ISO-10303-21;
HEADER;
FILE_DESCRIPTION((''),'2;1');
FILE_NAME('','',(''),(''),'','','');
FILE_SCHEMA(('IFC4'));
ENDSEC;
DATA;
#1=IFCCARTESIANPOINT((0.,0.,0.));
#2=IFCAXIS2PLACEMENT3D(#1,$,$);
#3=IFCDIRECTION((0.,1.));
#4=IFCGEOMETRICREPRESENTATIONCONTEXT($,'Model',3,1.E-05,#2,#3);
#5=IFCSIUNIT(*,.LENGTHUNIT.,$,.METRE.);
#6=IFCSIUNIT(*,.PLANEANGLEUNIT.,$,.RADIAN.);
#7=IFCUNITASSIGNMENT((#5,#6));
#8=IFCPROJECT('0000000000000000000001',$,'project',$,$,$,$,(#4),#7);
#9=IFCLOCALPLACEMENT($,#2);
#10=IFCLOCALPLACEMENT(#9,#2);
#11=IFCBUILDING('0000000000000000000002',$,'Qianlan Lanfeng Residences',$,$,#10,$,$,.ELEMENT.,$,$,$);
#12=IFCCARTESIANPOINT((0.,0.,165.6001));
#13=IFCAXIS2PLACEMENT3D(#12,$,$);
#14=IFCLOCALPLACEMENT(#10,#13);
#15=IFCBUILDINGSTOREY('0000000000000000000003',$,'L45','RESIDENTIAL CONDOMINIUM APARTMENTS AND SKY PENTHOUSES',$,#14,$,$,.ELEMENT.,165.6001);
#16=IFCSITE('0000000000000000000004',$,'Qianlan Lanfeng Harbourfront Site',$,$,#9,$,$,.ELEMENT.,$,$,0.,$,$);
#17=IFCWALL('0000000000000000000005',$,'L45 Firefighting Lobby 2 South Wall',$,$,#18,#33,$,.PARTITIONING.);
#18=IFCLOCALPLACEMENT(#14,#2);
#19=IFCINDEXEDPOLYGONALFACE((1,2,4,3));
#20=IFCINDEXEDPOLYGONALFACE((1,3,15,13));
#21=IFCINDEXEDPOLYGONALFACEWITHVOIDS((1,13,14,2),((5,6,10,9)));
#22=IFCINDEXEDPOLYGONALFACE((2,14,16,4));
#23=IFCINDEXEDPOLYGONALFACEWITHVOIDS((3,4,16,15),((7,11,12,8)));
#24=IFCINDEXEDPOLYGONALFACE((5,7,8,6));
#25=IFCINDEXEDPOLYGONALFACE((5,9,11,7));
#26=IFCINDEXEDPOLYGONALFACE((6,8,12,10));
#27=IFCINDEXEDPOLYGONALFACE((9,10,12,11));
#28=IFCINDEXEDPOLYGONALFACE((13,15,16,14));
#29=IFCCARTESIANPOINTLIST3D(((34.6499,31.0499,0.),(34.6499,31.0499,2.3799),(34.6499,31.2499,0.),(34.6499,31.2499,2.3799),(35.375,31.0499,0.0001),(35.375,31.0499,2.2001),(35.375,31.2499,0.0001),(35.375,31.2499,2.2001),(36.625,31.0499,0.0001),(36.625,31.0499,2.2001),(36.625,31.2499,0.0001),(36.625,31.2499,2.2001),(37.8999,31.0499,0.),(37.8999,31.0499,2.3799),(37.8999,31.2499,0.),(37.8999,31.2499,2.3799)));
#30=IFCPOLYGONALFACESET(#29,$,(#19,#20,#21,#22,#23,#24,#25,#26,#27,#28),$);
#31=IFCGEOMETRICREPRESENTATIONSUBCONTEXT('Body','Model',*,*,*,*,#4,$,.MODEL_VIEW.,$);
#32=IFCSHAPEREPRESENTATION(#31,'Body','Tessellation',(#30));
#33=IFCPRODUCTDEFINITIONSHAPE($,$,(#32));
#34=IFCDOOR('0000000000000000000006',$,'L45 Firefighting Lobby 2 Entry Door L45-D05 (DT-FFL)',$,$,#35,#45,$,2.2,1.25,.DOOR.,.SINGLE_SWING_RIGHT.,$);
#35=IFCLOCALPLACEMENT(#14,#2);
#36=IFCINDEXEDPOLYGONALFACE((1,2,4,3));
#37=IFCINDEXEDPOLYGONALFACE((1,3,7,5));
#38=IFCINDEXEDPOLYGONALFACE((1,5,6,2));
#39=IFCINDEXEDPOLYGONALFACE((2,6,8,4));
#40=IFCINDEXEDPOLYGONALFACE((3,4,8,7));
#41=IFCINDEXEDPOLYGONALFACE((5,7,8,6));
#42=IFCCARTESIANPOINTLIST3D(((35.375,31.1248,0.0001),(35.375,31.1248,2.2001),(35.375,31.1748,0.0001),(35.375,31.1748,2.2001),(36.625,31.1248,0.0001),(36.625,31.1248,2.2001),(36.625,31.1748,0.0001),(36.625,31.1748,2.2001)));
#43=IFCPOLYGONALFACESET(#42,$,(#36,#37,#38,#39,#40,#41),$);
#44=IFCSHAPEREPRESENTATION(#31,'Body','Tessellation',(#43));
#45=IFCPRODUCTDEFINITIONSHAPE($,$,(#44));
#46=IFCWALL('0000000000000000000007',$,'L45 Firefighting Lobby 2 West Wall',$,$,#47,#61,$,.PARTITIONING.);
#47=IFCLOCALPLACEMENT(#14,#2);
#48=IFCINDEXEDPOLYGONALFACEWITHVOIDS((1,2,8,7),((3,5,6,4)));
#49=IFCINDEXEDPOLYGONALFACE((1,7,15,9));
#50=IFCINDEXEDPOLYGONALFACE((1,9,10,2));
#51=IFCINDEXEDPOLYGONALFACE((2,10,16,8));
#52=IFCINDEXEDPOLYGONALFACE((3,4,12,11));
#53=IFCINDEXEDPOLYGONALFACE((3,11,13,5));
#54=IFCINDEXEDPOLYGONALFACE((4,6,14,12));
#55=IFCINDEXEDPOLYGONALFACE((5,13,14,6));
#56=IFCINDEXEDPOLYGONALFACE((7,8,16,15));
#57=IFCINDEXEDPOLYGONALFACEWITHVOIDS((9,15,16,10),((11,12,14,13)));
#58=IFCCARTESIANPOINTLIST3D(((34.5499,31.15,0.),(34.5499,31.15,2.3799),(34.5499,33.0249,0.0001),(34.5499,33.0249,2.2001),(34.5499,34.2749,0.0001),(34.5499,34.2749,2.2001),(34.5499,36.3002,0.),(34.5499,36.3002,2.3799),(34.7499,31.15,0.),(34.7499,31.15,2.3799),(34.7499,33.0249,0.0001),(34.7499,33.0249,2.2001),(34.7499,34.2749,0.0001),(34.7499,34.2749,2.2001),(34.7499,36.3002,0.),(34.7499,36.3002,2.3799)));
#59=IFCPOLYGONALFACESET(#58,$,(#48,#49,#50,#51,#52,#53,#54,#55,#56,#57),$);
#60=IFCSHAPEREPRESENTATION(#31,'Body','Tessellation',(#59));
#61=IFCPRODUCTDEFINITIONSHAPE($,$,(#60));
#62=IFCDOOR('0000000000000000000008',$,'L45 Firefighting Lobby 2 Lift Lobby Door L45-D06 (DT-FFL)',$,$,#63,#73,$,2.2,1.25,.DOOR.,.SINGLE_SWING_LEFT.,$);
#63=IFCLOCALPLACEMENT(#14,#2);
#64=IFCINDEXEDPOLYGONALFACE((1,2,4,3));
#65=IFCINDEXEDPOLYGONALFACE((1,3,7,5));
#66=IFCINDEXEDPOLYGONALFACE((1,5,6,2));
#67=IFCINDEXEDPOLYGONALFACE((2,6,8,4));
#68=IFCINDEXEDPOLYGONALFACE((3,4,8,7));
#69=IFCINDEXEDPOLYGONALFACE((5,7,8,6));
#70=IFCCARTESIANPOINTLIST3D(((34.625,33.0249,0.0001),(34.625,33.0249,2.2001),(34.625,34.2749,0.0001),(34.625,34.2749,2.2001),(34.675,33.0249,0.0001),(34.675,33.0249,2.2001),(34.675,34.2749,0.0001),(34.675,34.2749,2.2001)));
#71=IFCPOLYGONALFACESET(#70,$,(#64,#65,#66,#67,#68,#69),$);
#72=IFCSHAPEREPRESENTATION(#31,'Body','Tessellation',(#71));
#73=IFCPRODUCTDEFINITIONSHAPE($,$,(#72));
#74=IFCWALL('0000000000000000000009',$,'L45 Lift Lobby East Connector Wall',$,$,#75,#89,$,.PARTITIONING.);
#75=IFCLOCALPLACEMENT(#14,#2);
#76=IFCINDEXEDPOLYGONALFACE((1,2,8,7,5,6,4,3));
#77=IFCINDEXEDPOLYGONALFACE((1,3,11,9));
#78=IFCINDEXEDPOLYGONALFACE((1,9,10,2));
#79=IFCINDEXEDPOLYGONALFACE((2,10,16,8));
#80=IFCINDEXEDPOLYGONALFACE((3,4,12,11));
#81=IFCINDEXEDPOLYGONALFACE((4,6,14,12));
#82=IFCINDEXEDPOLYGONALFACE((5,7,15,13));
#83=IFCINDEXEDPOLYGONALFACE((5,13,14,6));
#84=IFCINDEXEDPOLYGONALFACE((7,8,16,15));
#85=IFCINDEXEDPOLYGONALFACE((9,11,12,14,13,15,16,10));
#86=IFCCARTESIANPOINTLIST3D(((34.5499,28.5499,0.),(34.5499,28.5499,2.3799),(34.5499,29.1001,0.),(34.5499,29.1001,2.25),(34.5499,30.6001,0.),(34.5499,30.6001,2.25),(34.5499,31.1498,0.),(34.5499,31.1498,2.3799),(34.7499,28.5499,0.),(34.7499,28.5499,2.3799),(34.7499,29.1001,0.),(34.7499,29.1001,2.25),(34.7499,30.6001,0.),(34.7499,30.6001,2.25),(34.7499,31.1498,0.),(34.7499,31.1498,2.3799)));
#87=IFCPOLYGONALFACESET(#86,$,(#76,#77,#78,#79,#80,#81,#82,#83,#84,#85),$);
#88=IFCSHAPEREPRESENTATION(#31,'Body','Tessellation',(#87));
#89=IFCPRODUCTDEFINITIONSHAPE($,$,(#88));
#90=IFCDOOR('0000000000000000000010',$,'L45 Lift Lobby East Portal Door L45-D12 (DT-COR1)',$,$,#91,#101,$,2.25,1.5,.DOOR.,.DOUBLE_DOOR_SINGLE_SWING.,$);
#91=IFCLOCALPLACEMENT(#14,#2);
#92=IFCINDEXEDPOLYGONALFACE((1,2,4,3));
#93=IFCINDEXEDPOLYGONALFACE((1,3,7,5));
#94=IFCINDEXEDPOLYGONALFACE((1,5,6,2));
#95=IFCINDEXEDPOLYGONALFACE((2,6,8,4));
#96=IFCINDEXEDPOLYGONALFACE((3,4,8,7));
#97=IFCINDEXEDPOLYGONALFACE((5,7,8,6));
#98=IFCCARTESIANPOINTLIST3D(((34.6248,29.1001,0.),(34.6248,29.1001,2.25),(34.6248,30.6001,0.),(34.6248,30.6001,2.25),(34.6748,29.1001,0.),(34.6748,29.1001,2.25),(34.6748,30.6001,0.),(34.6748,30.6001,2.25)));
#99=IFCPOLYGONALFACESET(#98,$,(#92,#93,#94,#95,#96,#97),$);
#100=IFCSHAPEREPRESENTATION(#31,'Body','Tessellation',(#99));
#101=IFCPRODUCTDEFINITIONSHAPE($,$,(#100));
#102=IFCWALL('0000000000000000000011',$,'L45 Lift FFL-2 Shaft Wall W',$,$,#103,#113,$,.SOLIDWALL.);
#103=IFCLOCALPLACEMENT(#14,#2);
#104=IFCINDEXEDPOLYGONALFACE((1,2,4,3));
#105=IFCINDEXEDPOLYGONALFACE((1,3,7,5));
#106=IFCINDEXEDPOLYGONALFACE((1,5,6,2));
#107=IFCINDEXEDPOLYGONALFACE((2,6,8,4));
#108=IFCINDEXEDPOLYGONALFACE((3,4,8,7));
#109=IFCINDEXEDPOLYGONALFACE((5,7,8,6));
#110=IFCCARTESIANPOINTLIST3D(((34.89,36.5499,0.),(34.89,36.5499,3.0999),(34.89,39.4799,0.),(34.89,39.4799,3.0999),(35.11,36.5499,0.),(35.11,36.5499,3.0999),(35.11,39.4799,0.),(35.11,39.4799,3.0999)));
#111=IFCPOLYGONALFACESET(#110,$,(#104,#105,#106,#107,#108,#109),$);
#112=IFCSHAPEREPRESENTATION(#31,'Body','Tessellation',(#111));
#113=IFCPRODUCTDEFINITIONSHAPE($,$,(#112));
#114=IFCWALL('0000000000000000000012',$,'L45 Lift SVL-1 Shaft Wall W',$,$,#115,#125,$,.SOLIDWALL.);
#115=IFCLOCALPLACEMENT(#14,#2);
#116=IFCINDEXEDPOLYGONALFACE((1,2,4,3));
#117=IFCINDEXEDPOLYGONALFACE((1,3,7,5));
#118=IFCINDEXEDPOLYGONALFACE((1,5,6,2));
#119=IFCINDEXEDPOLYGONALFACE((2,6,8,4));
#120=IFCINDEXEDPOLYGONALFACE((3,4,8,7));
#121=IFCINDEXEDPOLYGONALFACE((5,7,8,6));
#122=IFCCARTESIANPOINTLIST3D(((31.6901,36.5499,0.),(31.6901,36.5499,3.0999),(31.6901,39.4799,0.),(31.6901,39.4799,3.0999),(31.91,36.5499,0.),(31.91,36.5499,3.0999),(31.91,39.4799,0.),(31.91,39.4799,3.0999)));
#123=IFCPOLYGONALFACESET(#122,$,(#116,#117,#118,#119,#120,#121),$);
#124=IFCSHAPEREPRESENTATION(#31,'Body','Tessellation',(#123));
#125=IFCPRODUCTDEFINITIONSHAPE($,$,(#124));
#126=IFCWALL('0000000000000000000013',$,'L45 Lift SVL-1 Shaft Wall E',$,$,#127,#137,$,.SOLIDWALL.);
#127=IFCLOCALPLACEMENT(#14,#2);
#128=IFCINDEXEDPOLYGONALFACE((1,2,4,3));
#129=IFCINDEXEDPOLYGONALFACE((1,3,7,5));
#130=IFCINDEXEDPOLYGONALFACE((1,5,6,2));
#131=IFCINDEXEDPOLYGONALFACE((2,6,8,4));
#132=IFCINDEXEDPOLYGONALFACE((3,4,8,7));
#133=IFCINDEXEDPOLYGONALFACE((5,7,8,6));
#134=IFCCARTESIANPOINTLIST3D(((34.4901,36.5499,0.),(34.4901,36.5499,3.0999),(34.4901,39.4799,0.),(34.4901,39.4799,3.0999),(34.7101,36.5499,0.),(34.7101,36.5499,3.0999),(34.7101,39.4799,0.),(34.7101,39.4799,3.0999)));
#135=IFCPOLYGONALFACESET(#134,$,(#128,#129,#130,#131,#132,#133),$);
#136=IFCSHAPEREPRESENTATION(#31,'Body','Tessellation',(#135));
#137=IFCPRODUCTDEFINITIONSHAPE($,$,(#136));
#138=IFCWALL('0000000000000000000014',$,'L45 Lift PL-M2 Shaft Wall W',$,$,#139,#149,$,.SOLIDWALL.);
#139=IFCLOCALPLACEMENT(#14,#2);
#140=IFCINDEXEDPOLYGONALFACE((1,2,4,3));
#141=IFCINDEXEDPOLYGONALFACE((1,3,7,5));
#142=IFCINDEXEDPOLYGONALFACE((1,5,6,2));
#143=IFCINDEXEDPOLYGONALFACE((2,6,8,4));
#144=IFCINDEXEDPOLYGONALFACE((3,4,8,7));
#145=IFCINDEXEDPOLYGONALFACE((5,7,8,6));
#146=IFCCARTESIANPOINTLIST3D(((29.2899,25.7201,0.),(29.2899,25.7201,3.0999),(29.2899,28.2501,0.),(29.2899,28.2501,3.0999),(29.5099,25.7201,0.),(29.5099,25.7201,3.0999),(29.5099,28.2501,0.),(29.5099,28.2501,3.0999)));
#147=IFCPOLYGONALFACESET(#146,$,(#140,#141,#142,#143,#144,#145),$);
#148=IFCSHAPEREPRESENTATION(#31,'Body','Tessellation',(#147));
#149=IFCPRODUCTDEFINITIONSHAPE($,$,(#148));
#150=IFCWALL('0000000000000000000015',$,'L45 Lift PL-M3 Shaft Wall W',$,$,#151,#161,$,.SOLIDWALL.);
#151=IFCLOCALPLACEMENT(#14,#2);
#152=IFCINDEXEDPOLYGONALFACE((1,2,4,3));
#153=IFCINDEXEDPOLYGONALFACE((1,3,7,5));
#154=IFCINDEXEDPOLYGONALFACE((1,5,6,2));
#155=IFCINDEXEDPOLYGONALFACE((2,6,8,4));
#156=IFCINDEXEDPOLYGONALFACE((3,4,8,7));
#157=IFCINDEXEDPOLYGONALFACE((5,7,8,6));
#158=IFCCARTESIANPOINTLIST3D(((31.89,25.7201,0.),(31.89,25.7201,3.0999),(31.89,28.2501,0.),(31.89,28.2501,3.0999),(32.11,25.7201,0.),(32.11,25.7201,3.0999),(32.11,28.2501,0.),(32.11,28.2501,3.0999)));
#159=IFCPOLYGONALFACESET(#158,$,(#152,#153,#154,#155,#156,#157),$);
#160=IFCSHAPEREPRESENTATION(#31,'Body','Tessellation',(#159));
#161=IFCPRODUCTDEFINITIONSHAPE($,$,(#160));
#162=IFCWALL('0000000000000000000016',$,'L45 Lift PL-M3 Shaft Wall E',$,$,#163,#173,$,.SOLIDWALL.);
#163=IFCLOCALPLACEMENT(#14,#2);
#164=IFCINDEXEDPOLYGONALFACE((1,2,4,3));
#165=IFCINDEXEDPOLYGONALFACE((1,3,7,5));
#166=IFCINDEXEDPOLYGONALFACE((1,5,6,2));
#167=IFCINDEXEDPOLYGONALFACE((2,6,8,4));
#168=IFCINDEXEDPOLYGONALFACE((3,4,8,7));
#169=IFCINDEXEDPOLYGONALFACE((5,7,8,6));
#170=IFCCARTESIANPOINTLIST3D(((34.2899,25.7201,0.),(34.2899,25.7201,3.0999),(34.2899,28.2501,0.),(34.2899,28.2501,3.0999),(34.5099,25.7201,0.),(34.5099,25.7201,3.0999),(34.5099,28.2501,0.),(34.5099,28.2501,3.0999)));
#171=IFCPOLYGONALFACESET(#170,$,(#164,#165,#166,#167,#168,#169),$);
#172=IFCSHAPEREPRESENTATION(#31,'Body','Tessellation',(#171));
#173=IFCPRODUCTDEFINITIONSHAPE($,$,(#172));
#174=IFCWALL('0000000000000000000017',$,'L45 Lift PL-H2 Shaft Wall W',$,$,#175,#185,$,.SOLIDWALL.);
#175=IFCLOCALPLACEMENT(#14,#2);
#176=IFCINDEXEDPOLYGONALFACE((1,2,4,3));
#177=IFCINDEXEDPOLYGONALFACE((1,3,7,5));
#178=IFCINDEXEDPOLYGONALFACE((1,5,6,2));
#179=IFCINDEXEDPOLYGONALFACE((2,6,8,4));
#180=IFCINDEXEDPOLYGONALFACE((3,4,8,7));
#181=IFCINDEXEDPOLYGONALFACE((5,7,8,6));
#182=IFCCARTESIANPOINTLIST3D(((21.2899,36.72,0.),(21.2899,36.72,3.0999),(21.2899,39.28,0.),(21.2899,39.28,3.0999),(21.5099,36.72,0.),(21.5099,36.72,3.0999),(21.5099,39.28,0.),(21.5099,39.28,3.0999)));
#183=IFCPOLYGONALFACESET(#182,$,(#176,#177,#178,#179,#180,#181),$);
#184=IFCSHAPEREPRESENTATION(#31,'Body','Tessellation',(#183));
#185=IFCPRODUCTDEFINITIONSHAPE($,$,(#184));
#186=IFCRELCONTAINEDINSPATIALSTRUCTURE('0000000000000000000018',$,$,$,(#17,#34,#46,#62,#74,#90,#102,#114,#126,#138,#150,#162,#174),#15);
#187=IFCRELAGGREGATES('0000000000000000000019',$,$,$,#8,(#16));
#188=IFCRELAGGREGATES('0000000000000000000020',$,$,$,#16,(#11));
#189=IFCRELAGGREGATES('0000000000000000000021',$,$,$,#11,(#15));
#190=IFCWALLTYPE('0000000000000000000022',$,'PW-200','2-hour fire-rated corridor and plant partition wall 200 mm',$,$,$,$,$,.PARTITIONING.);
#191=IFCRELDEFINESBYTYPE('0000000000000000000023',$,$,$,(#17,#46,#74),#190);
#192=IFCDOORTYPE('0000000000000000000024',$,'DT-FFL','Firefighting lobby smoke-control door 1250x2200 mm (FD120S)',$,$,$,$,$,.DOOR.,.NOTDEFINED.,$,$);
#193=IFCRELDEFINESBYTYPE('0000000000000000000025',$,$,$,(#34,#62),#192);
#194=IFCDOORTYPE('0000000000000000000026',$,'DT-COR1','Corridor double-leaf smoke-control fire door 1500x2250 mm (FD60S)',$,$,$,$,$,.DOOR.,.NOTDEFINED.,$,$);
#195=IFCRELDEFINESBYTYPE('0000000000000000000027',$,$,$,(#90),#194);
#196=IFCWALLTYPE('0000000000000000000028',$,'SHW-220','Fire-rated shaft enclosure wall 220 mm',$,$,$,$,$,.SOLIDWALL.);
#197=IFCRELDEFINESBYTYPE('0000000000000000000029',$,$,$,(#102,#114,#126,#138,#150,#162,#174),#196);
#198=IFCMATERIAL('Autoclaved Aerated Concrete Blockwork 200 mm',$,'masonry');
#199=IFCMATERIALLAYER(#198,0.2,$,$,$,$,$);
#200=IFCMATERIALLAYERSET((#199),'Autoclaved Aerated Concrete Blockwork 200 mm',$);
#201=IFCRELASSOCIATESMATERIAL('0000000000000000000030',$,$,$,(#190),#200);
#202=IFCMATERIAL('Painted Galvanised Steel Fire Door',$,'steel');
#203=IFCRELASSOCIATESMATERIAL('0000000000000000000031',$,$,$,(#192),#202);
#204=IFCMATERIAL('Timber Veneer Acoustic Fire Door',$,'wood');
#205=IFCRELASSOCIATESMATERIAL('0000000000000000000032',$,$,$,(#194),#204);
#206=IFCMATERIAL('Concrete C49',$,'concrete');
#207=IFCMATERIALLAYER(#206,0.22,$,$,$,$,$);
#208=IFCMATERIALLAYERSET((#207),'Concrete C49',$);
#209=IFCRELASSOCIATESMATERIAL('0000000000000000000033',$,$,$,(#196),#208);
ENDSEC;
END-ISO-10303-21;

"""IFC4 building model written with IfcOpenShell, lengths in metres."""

from ifc_helpers import new_model, si_unit, direction, frame, frame_2d, origin, place, context, subcontext, project, spatial, rectangle, extrude, material, layer, layer_set, type_object, element, fill, save


model = new_model("IFC4")

# Units and contexts
model_context = context("Model", 3, precision=1e-05, world=origin(), true_north=direction((0.0, 1.0)))
body_context = subcontext(model_context, "Body", "Model", "MODEL_VIEW")
ifc_project = project(units=[si_unit("LENGTHUNIT", "METRE"), si_unit("PLANEANGLEUNIT", "RADIAN")], contexts=[model_context])

# Site, building, storey
site_placement = place(None, origin())
site = spatial("IfcSite", under=ifc_project, at=site_placement, Name="Qianlan Lanfeng Harbourfront Site", CompositionType="ELEMENT", RefElevation=0.0)
building_placement = place(site_placement, origin())
building = spatial("IfcBuilding", under=site, at=building_placement, Name="Qianlan Lanfeng Residences", CompositionType="ELEMENT")
storey_placement = place(building_placement, frame((0.0, 0.0, 165.6001)))
storey = spatial("IfcBuildingStorey", under=building, at=storey_placement, Name="L45", Description="RESIDENTIAL CONDOMINIUM APARTMENTS AND SKY PENTHOUSES", CompositionType="ELEMENT", Elevation=165.6001)

# Walls, openings, doors
ifc_material_1 = material(Name="Autoclaved Aerated Concrete Blockwork 200 mm", Category="masonry")
ifc_layer_1 = layer(ifc_material_1, 0.2)
ifc_layer_set_1 = layer_set([ifc_layer_1], Name="Autoclaved Aerated Concrete Blockwork 200 mm")
wall_type_1 = type_object("IfcWallType", Name="PW-200", Description="2-hour fire-rated corridor and plant partition wall 200 mm", PredefinedType="PARTITIONING", material=ifc_layer_set_1)
wall_1_placement = place(storey_placement, frame((34.6499, 31.1499, 0.0), z_axis=(0.0, 0.0, 1.0), x_axis=(1.0, 0.0, 0.0)))
wall_1 = element("IfcWall", 1, at=wall_1_placement, inside=storey, type_object=wall_type_1, Name="L45 Firefighting Lobby 2 South Wall", PredefinedType="PARTITIONING", context=body_context, shape_type="SweptSolid", body=[
    extrude(rectangle(XDim=3.25, YDim=0.2, at=frame_2d((1.625, 0.0))), origin(), (0.0, 0.0, 1.0), 2.3799),
])
opening_1_placement = place(wall_1_placement, frame((0.7251, 0.0, 0.0)))
opening_1 = element("IfcOpeningElement", 2, at=opening_1_placement, cuts=wall_1, PredefinedType="OPENING", context=body_context, shape_type="SweptSolid", body=[
    extrude(rectangle(XDim=1.25, YDim=2.2, at=frame_2d((0.625, 1.1001))), frame((0.0, 0.1099, 0.0), z_axis=(0.0, -1.0, 0.0), x_axis=(1.0, 0.0, 0.0)), (0.0, 0.0, 1.0), 0.22),
])
ifc_material_2 = material(Name="Painted Galvanised Steel Fire Door", Category="steel")
door_type_1 = type_object("IfcDoorType", Name="DT-FFL", Description="Firefighting lobby smoke-control door 1250x2200 mm (FD120S)", OperationType="NOTDEFINED", PredefinedType="DOOR", material=ifc_material_2)
door_1_placement = place(opening_1_placement, origin())
door_1 = element("IfcDoor", 3, at=door_1_placement, inside=storey, type_object=door_type_1, Name="L45 Firefighting Lobby 2 Entry Door L45-D05 (DT-FFL)", OperationType="SINGLE_SWING_RIGHT", OverallHeight=2.2, OverallWidth=1.25, PredefinedType="DOOR", context=body_context, shape_type="SweptSolid", body=[
    extrude(rectangle(XDim=1.25, YDim=2.2, at=frame_2d((0.625, 1.1001))), frame((0.0, 0.0249, 0.0), z_axis=(0.0, -1.0, 0.0), x_axis=(1.0, 0.0, 0.0)), (0.0, 0.0, 1.0), 0.05),
])
fill(opening_1, door_1)
wall_2_placement = place(storey_placement, frame((34.6499, 31.1499, 0.0), z_axis=(0.0, 0.0, 1.0), x_axis=(0.0, 1.0, 0.0)))
wall_2 = element("IfcWall", 4, at=wall_2_placement, inside=storey, type_object=wall_type_1, Name="L45 Firefighting Lobby 2 West Wall", PredefinedType="PARTITIONING", context=body_context, shape_type="SweptSolid", body=[
    extrude(rectangle(XDim=5.1501, YDim=0.2, at=frame_2d((2.5752, 0.0))), origin(), (0.0, 0.0, 1.0), 2.3799),
])
opening_2_placement = place(wall_2_placement, frame((1.875, 0.0, 0.0)))
opening_2 = element("IfcOpeningElement", 5, at=opening_2_placement, cuts=wall_2, PredefinedType="OPENING", context=body_context, shape_type="SweptSolid", body=[
    extrude(rectangle(XDim=1.25, YDim=2.2, at=frame_2d((0.625, 1.1001))), frame((0.0, 0.1099, 0.0), z_axis=(0.0, -1.0, 0.0), x_axis=(1.0, 0.0, 0.0)), (0.0, 0.0, 1.0), 0.22),
])
door_2_placement = place(opening_2_placement, origin())
door_2 = element("IfcDoor", 6, at=door_2_placement, inside=storey, type_object=door_type_1, Name="L45 Firefighting Lobby 2 Lift Lobby Door L45-D06 (DT-FFL)", OperationType="SINGLE_SWING_LEFT", OverallHeight=2.2, OverallWidth=1.25, PredefinedType="DOOR", context=body_context, shape_type="SweptSolid", body=[
    extrude(rectangle(XDim=1.25, YDim=2.2, at=frame_2d((0.625, 1.1001))), frame((0.0, 0.0249, 0.0), z_axis=(0.0, -1.0, 0.0), x_axis=(1.0, 0.0, 0.0)), (0.0, 0.0, 1.0), 0.05),
])
fill(opening_2, door_2)
wall_3_placement = place(storey_placement, frame((34.6499, 28.55, 0.0), z_axis=(0.0, 0.0, 1.0), x_axis=(0.0, 1.0, 0.0)))
wall_3 = element("IfcWall", 7, at=wall_3_placement, inside=storey, type_object=wall_type_1, Name="L45 Lift Lobby East Connector Wall", PredefinedType="PARTITIONING", context=body_context, shape_type="SweptSolid", body=[
    extrude(rectangle(XDim=2.5999, YDim=0.2, at=frame_2d((1.2998, 0.0))), origin(), (0.0, 0.0, 1.0), 2.3799),
])
opening_3_placement = place(wall_3_placement, frame((0.55, 0.0, 0.0)))
opening_3 = element("IfcOpeningElement", 8, at=opening_3_placement, cuts=wall_3, PredefinedType="OPENING", context=body_context, shape_type="SweptSolid", body=[
    extrude(rectangle(XDim=1.5, YDim=2.25, at=frame_2d((0.75, 1.125))), frame((0.0, 0.1099, 0.0), z_axis=(0.0, -1.0, 0.0), x_axis=(1.0, 0.0, 0.0)), (0.0, 0.0, 1.0), 0.22),
])
ifc_material_3 = material(Name="Timber Veneer Acoustic Fire Door", Category="wood")
door_type_2 = type_object("IfcDoorType", Name="DT-COR1", Description="Corridor double-leaf smoke-control fire door 1500x2250 mm (FD60S)", OperationType="NOTDEFINED", PredefinedType="DOOR", material=ifc_material_3)
door_3_placement = place(opening_3_placement, frame((1.5, 0.0, 0.0), z_axis=(0.0, 0.0, 1.0), x_axis=(-1.0, 0.0, 0.0)))
door_3 = element("IfcDoor", 9, at=door_3_placement, inside=storey, type_object=door_type_2, Name="L45 Lift Lobby East Portal Door L45-D12 (DT-COR1)", OperationType="DOUBLE_DOOR_SINGLE_SWING", OverallHeight=2.25, OverallWidth=1.5, PredefinedType="DOOR", context=body_context, shape_type="SweptSolid", body=[
    extrude(rectangle(XDim=1.5, YDim=2.25, at=frame_2d((0.75, 1.125))), frame((0.0, 0.0249, 0.0), z_axis=(0.0, -1.0, 0.0), x_axis=(1.0, 0.0, 0.0)), (0.0, 0.0, 1.0), 0.05),
])
fill(opening_3, door_3)

# Walls
ifc_material_4 = material(Name="Concrete C49", Category="concrete")
ifc_layer_2 = layer(ifc_material_4, 0.22)
ifc_layer_set_2 = layer_set([ifc_layer_2], Name="Concrete C49")
wall_type_2 = type_object("IfcWallType", Name="SHW-220", Description="Fire-rated shaft enclosure wall 220 mm", PredefinedType="SOLIDWALL", material=ifc_layer_set_2)
for number, where, z_axis, x_axis, name in (
    (10, (35.0, 36.55, 0.0), (0.0, 0.0, 1.0), (0.0, 1.0, 0.0), "L45 Lift FFL-2 Shaft Wall W"),
    (11, (31.8, 36.55, 0.0), (0.0, 0.0, 1.0), (0.0, 1.0, 0.0), "L45 Lift SVL-1 Shaft Wall W"),
    (12, (34.6001, 36.55, 0.0), (0.0, 0.0, 1.0), (0.0, 1.0, 0.0), "L45 Lift SVL-1 Shaft Wall E"),
):
    element("IfcWall", number, at=place(storey_placement, frame(where, z_axis=z_axis, x_axis=x_axis)), inside=storey, type_object=wall_type_2, Name=name, PredefinedType="SOLIDWALL", context=body_context, shape_type="SweptSolid", body=[
        extrude(rectangle(XDim=2.9299, YDim=0.22, at=frame_2d((1.4648, 0.0))), origin(), (0.0, 0.0, 1.0), 3.0999),
    ])
for number, where, z_axis, x_axis, name in (
    (13, (29.3999, 25.72, 0.0), (0.0, 0.0, 1.0), (0.0, 1.0, 0.0), "L45 Lift PL-M2 Shaft Wall W"),
    (14, (32.0, 25.72, 0.0), (0.0, 0.0, 1.0), (0.0, 1.0, 0.0), "L45 Lift PL-M3 Shaft Wall W"),
    (15, (34.3999, 25.72, 0.0), (0.0, 0.0, 1.0), (0.0, 1.0, 0.0), "L45 Lift PL-M3 Shaft Wall E"),
):
    element("IfcWall", number, at=place(storey_placement, frame(where, z_axis=z_axis, x_axis=x_axis)), inside=storey, type_object=wall_type_2, Name=name, PredefinedType="SOLIDWALL", context=body_context, shape_type="SweptSolid", body=[
        extrude(rectangle(XDim=2.53, YDim=0.22, at=frame_2d((1.2651, 0.0))), origin(), (0.0, 0.0, 1.0), 3.0999),
    ])
for number, where, z_axis, x_axis, name in (
    (16, (21.3999, 36.72, 0.0), (0.0, 0.0, 1.0), (0.0, 1.0, 0.0), "L45 Lift PL-H2 Shaft Wall W"),
):
    element("IfcWall", number, at=place(storey_placement, frame(where, z_axis=z_axis, x_axis=x_axis)), inside=storey, type_object=wall_type_2, Name=name, PredefinedType="SOLIDWALL", context=body_context, shape_type="SweptSolid", body=[
        extrude(rectangle(XDim=2.5601, YDim=0.22, at=frame_2d((1.28, 0.0))), origin(), (0.0, 0.0, 1.0), 3.0999),
    ])

save(model, "model.ifc")
